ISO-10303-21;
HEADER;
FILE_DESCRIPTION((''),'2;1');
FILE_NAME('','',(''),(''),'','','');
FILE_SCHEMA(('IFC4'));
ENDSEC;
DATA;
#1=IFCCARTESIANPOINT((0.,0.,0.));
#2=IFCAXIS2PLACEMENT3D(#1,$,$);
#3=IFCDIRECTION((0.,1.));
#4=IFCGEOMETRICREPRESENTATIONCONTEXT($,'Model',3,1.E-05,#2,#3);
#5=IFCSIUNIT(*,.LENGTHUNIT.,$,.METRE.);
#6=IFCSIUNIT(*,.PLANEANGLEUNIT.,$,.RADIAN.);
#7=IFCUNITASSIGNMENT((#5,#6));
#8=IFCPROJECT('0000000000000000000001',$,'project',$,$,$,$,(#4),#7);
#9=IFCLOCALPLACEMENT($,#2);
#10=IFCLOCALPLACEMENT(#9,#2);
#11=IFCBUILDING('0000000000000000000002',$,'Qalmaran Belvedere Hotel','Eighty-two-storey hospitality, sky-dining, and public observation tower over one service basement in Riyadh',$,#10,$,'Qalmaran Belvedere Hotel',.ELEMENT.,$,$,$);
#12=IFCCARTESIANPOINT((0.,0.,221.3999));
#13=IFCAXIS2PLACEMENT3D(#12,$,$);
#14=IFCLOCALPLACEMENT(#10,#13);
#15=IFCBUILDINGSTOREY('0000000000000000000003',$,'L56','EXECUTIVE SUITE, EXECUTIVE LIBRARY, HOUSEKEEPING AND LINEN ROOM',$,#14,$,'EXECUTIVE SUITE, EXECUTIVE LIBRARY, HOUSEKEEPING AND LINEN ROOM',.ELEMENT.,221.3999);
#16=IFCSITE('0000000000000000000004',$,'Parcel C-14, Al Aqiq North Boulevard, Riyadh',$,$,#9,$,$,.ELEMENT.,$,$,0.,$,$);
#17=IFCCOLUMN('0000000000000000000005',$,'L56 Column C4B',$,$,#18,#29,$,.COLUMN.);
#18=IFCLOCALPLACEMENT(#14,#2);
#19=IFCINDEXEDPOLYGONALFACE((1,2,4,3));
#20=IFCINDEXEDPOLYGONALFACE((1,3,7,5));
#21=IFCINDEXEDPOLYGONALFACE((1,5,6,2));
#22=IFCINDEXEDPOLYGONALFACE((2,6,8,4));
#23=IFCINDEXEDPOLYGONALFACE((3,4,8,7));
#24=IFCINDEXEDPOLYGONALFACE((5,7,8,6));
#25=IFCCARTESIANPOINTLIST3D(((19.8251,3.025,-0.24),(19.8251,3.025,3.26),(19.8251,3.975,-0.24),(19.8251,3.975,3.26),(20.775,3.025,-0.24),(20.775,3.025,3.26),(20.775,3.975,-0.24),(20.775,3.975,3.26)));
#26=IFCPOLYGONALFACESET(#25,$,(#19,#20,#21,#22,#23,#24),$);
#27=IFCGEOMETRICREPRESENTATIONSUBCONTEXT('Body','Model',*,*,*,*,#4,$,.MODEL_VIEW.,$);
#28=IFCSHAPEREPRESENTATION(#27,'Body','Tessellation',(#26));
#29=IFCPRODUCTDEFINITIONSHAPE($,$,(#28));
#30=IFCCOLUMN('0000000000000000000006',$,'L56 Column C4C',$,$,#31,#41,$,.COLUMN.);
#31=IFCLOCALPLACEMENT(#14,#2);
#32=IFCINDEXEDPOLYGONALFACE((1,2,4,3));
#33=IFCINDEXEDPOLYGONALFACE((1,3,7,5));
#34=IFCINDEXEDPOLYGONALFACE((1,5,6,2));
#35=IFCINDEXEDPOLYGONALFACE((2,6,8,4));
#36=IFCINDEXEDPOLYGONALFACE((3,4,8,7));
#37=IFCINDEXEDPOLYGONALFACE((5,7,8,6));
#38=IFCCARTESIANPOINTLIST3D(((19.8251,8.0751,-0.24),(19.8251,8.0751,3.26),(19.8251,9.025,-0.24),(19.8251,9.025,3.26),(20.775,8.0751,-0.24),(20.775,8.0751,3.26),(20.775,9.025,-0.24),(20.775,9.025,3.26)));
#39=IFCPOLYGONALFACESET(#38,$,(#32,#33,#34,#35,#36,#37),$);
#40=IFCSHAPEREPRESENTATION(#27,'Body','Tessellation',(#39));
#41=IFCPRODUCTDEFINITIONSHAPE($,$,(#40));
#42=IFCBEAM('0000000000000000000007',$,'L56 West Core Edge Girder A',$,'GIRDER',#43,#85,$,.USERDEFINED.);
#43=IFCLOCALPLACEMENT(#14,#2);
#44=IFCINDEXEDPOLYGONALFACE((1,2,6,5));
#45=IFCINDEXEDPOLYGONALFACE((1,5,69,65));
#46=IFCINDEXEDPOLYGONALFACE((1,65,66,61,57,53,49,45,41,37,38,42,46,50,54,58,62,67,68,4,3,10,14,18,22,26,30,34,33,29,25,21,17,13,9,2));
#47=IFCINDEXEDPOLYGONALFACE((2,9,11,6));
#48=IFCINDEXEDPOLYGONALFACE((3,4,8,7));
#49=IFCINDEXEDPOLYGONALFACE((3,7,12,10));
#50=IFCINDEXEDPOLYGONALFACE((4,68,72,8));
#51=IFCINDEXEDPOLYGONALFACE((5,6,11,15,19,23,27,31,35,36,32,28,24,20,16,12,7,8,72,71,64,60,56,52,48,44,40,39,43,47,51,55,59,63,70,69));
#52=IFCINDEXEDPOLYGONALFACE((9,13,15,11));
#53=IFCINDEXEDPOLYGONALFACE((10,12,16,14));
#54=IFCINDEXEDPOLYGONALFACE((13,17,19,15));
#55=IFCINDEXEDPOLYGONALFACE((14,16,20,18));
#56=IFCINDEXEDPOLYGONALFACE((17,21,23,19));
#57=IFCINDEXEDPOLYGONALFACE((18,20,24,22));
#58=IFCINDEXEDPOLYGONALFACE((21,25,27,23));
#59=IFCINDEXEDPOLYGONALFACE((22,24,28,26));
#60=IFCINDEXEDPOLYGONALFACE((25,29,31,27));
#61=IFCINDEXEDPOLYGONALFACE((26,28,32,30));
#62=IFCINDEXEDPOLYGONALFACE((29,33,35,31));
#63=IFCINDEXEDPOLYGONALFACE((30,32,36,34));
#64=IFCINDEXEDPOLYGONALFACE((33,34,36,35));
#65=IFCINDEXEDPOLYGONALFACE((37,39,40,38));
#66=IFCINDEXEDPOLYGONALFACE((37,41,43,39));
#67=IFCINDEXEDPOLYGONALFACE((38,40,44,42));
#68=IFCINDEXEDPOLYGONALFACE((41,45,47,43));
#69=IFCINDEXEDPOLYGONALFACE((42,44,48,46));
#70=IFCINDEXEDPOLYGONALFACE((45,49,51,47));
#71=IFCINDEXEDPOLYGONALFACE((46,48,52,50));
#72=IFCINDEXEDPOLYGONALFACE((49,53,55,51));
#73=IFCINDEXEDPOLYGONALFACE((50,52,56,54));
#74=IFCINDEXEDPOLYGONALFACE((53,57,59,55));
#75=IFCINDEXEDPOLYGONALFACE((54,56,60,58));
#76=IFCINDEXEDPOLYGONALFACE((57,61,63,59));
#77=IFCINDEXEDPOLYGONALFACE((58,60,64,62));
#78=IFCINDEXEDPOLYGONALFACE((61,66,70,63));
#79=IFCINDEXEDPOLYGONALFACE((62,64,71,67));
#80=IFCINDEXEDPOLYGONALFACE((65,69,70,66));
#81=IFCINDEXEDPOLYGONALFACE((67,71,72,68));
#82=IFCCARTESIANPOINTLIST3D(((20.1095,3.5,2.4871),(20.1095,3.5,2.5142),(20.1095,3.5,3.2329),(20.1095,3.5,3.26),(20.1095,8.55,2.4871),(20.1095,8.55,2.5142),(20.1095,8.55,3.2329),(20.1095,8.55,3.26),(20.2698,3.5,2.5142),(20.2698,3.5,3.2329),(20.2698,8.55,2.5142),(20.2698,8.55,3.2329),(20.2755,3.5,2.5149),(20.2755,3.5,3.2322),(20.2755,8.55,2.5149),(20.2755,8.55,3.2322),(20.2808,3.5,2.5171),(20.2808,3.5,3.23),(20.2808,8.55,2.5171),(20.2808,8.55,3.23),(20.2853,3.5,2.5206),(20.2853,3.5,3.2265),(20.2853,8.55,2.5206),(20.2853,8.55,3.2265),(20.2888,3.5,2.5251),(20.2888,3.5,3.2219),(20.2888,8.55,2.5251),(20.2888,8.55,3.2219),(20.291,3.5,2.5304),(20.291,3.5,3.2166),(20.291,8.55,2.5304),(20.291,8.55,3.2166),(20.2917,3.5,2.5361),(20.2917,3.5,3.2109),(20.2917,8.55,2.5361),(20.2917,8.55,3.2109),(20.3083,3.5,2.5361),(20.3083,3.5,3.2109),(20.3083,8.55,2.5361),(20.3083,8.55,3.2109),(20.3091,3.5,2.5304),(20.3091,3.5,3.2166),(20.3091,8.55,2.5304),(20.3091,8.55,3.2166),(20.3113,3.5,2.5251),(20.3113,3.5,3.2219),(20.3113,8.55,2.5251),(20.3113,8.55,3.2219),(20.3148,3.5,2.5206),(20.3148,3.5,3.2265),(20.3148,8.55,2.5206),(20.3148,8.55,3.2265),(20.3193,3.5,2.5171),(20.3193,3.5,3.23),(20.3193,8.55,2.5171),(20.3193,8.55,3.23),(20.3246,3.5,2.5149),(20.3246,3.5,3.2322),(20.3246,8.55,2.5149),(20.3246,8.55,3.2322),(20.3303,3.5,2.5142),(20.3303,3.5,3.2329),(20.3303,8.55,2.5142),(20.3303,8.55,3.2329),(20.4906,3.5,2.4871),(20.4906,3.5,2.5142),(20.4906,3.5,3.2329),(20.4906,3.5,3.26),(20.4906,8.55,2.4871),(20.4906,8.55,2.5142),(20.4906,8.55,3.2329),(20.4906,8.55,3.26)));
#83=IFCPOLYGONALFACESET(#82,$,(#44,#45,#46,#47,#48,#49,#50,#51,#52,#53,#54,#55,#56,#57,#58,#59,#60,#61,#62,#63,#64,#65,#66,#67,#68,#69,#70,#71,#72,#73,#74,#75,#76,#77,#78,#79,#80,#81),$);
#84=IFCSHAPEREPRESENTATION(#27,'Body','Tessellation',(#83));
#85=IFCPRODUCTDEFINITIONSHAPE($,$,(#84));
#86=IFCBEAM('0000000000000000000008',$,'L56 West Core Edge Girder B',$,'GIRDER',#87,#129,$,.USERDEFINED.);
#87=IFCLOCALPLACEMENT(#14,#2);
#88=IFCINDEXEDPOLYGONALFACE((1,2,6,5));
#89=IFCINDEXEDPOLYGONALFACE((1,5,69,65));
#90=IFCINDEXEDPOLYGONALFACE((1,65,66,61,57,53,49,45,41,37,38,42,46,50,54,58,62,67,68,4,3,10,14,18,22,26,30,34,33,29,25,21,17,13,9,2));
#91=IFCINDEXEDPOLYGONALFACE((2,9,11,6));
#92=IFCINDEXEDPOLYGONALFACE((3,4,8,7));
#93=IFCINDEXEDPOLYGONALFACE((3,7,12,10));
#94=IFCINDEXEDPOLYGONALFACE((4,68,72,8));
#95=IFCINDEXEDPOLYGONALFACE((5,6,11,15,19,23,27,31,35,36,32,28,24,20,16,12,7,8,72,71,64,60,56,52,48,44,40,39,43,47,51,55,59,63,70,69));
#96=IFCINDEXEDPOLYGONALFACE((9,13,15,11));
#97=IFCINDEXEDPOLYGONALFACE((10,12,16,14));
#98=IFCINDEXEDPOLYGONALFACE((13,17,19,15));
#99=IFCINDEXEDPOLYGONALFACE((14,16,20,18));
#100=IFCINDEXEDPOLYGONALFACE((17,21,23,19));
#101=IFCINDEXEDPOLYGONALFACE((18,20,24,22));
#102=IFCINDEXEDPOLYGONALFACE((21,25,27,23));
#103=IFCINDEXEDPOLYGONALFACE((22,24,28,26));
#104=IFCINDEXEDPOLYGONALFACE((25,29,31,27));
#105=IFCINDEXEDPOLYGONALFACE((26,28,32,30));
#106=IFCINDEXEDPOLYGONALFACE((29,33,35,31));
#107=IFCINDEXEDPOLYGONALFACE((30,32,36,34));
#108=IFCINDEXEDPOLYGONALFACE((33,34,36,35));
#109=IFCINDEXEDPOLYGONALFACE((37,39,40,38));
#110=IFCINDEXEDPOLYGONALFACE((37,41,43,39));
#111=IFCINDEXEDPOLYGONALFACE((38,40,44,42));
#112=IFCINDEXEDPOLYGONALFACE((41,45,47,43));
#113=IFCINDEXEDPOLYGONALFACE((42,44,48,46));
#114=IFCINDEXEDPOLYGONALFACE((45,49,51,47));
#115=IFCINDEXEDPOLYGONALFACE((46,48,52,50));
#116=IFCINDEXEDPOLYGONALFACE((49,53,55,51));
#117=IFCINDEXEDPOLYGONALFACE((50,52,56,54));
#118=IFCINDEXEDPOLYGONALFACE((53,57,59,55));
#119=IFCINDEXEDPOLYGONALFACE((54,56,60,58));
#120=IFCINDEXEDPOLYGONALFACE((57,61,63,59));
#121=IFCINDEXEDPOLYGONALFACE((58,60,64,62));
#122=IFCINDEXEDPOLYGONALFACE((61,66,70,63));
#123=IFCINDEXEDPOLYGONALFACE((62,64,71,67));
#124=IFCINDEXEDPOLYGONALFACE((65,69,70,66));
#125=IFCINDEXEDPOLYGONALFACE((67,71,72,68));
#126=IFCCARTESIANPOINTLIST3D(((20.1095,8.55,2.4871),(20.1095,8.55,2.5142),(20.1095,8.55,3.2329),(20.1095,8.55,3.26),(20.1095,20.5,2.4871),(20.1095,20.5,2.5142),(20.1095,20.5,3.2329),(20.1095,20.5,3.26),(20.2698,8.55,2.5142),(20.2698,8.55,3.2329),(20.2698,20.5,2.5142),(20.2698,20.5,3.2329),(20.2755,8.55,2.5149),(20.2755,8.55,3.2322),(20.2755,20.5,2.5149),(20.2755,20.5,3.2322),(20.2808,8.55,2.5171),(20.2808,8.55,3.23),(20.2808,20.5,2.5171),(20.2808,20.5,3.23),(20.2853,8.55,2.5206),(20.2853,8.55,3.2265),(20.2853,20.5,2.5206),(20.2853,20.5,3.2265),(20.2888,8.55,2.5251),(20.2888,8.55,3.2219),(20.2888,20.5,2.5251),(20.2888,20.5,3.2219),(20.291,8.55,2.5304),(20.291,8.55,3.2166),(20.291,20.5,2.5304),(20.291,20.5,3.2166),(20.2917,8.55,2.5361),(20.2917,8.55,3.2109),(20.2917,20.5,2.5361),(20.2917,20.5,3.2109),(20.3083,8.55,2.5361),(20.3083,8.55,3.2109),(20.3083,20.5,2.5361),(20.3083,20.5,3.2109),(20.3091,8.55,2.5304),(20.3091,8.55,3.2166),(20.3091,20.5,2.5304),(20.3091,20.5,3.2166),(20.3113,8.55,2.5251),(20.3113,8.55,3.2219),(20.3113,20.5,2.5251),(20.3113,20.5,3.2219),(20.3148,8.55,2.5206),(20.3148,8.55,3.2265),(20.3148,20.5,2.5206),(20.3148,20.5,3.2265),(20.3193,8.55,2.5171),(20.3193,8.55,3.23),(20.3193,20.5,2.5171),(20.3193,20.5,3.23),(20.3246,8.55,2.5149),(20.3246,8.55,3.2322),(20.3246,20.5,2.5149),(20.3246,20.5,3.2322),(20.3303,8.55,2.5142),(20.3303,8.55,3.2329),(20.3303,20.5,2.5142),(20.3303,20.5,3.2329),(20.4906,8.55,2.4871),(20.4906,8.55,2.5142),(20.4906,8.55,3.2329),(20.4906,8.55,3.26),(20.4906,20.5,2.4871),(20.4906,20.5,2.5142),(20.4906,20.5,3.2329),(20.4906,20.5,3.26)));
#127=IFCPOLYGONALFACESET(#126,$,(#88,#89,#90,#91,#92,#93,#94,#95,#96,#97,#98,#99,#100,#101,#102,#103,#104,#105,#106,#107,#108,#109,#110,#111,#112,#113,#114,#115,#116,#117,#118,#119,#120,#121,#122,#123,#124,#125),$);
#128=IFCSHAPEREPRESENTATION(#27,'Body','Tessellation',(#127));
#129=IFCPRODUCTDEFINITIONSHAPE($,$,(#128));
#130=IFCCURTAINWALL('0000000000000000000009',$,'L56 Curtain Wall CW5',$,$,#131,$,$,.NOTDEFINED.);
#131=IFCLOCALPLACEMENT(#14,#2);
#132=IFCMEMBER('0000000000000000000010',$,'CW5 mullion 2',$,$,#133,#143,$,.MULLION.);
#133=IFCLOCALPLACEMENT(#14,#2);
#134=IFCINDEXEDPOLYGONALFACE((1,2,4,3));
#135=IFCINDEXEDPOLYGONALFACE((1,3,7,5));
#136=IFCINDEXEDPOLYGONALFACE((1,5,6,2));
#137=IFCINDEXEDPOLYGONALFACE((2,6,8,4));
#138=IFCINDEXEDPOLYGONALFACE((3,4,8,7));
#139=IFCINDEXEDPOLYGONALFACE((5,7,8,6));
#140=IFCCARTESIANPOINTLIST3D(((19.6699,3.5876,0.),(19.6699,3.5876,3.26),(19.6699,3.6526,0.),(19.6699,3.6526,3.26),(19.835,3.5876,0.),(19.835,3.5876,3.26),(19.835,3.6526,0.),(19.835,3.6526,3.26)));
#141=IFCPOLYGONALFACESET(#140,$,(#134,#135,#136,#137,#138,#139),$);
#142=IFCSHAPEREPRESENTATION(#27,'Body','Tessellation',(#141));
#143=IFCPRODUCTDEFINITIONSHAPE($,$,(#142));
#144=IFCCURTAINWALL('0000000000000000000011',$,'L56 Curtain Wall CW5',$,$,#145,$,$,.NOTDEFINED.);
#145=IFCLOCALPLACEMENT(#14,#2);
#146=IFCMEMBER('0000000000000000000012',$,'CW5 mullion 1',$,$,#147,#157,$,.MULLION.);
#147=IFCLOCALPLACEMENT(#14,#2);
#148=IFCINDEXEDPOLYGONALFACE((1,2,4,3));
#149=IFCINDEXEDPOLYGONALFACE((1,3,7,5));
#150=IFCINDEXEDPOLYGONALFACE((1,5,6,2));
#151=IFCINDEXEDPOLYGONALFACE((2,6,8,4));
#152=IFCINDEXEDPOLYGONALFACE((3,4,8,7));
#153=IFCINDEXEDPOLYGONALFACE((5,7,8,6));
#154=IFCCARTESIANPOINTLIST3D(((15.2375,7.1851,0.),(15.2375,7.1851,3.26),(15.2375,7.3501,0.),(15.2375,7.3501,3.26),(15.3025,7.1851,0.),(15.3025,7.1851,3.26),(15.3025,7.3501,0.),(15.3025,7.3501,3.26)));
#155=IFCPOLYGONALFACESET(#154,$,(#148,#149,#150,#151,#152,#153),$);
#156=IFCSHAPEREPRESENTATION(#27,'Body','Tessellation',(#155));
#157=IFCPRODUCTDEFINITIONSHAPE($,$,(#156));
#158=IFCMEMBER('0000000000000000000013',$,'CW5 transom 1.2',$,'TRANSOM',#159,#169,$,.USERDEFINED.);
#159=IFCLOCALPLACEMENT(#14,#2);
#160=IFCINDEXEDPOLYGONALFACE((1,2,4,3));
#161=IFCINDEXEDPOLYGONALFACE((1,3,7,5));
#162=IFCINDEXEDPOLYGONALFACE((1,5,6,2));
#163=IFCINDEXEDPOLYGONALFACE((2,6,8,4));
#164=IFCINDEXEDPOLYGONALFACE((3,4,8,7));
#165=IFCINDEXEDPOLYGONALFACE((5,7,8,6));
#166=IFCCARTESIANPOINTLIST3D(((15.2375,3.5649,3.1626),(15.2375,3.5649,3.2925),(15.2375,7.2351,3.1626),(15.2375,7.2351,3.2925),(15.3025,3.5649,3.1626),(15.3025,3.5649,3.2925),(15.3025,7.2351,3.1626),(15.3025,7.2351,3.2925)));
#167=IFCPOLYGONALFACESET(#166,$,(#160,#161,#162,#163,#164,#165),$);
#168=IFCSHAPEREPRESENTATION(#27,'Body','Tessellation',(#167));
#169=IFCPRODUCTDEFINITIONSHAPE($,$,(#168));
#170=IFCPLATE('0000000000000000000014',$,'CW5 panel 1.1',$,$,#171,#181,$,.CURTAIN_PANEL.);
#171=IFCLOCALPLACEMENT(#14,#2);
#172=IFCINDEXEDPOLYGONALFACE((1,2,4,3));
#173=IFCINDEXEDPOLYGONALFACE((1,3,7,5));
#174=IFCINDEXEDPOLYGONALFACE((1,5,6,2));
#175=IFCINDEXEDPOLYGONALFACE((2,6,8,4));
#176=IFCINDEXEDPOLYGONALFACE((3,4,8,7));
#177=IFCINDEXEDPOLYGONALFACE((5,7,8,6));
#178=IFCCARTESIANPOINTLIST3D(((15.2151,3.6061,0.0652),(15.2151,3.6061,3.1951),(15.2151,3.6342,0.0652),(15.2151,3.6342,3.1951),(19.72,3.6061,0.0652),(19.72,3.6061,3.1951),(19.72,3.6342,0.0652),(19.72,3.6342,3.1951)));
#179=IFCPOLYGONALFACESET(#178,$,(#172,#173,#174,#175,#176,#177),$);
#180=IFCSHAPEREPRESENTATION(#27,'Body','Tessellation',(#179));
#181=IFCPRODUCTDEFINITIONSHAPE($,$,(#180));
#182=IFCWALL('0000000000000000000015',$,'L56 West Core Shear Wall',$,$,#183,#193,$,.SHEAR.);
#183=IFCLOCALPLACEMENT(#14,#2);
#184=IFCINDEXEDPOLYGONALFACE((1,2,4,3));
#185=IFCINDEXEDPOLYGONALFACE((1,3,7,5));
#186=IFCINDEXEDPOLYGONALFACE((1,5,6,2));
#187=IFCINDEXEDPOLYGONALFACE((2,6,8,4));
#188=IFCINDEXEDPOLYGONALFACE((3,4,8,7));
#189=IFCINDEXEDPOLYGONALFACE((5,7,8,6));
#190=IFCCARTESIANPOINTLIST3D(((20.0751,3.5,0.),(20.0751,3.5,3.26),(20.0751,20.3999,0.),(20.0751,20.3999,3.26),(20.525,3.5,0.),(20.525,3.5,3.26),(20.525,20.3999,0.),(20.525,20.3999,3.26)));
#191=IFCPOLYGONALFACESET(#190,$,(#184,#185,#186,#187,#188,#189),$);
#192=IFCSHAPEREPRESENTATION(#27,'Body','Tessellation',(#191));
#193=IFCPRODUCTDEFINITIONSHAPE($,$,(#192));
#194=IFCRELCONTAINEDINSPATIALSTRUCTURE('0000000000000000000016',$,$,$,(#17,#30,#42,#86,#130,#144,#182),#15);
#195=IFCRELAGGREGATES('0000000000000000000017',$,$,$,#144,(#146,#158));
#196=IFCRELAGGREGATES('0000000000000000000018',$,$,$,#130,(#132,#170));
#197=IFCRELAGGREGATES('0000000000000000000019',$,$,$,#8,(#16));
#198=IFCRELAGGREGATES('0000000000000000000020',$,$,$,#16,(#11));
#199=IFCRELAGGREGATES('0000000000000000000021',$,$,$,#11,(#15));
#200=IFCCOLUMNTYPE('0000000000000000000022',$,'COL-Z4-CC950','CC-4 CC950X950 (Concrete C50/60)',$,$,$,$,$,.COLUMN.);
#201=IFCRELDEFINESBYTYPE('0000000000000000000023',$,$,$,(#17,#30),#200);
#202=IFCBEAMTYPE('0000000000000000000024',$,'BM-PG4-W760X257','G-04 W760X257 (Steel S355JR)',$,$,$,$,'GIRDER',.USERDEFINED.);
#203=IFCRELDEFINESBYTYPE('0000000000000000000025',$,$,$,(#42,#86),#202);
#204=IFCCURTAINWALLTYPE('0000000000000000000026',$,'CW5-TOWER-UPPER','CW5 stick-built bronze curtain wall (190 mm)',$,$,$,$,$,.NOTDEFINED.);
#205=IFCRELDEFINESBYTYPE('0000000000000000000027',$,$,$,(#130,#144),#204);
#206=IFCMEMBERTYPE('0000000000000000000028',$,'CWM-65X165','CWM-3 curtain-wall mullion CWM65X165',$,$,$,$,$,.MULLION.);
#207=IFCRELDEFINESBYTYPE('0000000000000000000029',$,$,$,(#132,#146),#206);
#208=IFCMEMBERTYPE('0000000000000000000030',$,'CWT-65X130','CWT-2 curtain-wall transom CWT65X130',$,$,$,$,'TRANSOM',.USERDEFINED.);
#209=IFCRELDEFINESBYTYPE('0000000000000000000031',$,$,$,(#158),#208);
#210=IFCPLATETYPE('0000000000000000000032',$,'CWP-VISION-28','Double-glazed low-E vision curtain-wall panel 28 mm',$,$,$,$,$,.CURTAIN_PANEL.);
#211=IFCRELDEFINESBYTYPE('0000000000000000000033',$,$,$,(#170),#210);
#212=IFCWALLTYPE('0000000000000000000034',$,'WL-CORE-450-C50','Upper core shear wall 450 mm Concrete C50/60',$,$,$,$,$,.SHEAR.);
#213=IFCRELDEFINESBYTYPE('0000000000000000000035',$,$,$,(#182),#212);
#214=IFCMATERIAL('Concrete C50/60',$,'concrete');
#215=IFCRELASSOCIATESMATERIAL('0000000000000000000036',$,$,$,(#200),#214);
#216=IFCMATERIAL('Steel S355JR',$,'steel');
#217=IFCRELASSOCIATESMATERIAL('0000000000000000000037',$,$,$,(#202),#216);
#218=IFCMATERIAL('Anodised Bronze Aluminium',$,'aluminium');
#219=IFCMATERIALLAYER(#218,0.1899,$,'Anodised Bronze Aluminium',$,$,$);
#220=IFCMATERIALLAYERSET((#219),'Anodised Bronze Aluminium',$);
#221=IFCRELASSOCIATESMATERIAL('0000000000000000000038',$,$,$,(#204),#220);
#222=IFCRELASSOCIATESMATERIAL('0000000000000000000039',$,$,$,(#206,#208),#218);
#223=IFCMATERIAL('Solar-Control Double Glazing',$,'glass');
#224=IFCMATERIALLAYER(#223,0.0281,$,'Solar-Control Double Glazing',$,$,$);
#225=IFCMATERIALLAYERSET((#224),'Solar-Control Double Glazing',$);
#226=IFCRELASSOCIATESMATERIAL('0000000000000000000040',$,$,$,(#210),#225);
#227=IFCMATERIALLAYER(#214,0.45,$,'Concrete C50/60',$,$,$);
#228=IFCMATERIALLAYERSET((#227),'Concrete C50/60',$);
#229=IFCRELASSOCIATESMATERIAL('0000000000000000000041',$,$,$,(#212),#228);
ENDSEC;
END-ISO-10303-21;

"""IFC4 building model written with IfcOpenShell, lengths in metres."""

from ifc_helpers import new_model, si_unit, direction, frame, frame_2d, origin, origin_2d, place, context, subcontext, project, spatial, rectangle, i_section, extrude, material, layer, layer_set, material_profile, profile_set, type_object, element, aggregate, save


model = new_model("IFC4")

# Units and contexts
model_context = context("Model", 3, precision=1e-05, world=origin(), true_north=direction((0.0, 1.0)))
body_context = subcontext(model_context, "Body", "Model", "MODEL_VIEW")
ifc_project = project(units=[si_unit("LENGTHUNIT", "METRE"), si_unit("PLANEANGLEUNIT", "RADIAN")], contexts=[model_context])

# Site, building, storey
site_placement = place(None, origin())
site = spatial("IfcSite", under=ifc_project, at=site_placement, Name="Parcel C-14, Al Aqiq North Boulevard, Riyadh", CompositionType="ELEMENT", RefElevation=0.0)
building_placement = place(site_placement, origin())
building = spatial("IfcBuilding", under=site, at=building_placement, Name="Qalmaran Belvedere Hotel", Description="Eighty-two-storey hospitality, sky-dining, and public observation tower over one service basement in Riyadh", LongName="Qalmaran Belvedere Hotel", CompositionType="ELEMENT")
storey_placement = place(building_placement, frame((0.0, 0.0, 221.3999)))
storey = spatial("IfcBuildingStorey", under=building, at=storey_placement, Name="L56", Description="EXECUTIVE SUITE, EXECUTIVE LIBRARY, HOUSEKEEPING AND LINEN ROOM", LongName="EXECUTIVE SUITE, EXECUTIVE LIBRARY, HOUSEKEEPING AND LINEN ROOM", CompositionType="ELEMENT", Elevation=221.3999)

# Columns
ifc_material_1 = material(Name="Concrete C50/60", Category="concrete")
ifc_material_profile_1 = material_profile(ifc_material_1, rectangle(XDim=0.95, YDim=0.95, at=origin_2d()), Name="CC950X950")
ifc_profile_set_1 = profile_set([ifc_material_profile_1], Name="Concrete C50/60")
column_type = type_object("IfcColumnType", Name="COL-Z4-CC950", Description="CC-4 CC950X950 (Concrete C50/60)", PredefinedType="COLUMN", material=ifc_profile_set_1)
for number, where, z_axis, x_axis, name in (
    (1, (20.3, 3.5, -0.24), (0.0, 0.0, 1.0), (1.0, 0.0, 0.0), "L56 Column C4B"),
    (2, (20.3, 8.55, -0.24), (0.0, 0.0, 1.0), (1.0, 0.0, 0.0), "L56 Column C4C"),
):
    element("IfcColumn", number, at=place(storey_placement, frame(where, z_axis=z_axis, x_axis=x_axis)), inside=storey, type_object=column_type, Name=name, PredefinedType="COLUMN", context=body_context, shape_type="SweptSolid", body=[
        extrude(rectangle(XDim=0.95, YDim=0.95, at=origin_2d()), origin(), (0.0, 0.0, 1.0), 3.5),
    ])

# Beams
ifc_material_2 = material(Name="Steel S355JR", Category="steel")
ifc_material_profile_2 = material_profile(ifc_material_2, i_section(OverallWidth=0.3811, OverallDepth=0.7729, WebThickness=0.0166, FlangeThickness=0.0271, FilletRadius=0.022, at=origin_2d()), Name="W760X257")
ifc_profile_set_2 = profile_set([ifc_material_profile_2], Name="Steel S355JR")
beam_type = type_object("IfcBeamType", Name="BM-PG4-W760X257", Description="G-04 W760X257 (Steel S355JR)", ElementType="GIRDER", PredefinedType="USERDEFINED", material=ifc_profile_set_2)
beam_1_placement = place(storey_placement, frame((20.3, 3.5, 2.8735), z_axis=(0.0, 1.0, 0.0), x_axis=(-1.0, 0.0, 0.0)))
element("IfcBeam", 3, at=beam_1_placement, inside=storey, type_object=beam_type, Name="L56 West Core Edge Girder A", ObjectType="GIRDER", PredefinedType="USERDEFINED", context=body_context, shape_type="SweptSolid", body=[
    extrude(i_section(OverallWidth=0.3811, OverallDepth=0.7729, WebThickness=0.0166, FlangeThickness=0.0271, FilletRadius=0.022, at=origin_2d()), origin(), (0.0, 0.0, 1.0), 5.05),
])
beam_2_placement = place(storey_placement, frame((20.3, 8.55, 2.8735), z_axis=(0.0, 1.0, 0.0), x_axis=(-1.0, 0.0, 0.0)))
element("IfcBeam", 4, at=beam_2_placement, inside=storey, type_object=beam_type, Name="L56 West Core Edge Girder B", ObjectType="GIRDER", PredefinedType="USERDEFINED", context=body_context, shape_type="SweptSolid", body=[
    extrude(i_section(OverallWidth=0.3811, OverallDepth=0.7729, WebThickness=0.0166, FlangeThickness=0.0271, FilletRadius=0.022, at=origin_2d()), origin(), (0.0, 0.0, 1.0), 11.95),
])

# Curtain wall, member
ifc_material_3 = material(Name="Anodised Bronze Aluminium", Category="aluminium")
ifc_layer_1 = layer(ifc_material_3, 0.1899, Name="Anodised Bronze Aluminium")
ifc_layer_set_1 = layer_set([ifc_layer_1], Name="Anodised Bronze Aluminium")
curtain_wall_type = type_object("IfcCurtainWallType", Name="CW5-TOWER-UPPER", Description="CW5 stick-built bronze curtain wall (190 mm)", PredefinedType="NOTDEFINED", material=ifc_layer_set_1)
curtain_wall_1_placement = place(storey_placement, origin())
curtain_wall_1 = element("IfcCurtainWall", 5, at=curtain_wall_1_placement, inside=storey, type_object=curtain_wall_type, Name="L56 Curtain Wall CW5", PredefinedType="NOTDEFINED")
ifc_material_profile_3 = material_profile(ifc_material_3, rectangle(XDim=0.0649, YDim=0.165, at=origin_2d()), Name="CWM65X165")
ifc_profile_set_3 = profile_set([ifc_material_profile_3], Name="Anodised Bronze Aluminium")
member_type_1 = type_object("IfcMemberType", Name="CWM-65X165", Description="CWM-3 curtain-wall mullion CWM65X165", PredefinedType="MULLION", material=ifc_profile_set_3)
member_1_placement = place(storey_placement, frame((19.7524, 3.6201, 0.0), z_axis=(0.0, 0.0, 1.0), x_axis=(0.0, 1.0, 0.0)))
member_1 = element("IfcMember", 6, at=member_1_placement, type_object=member_type_1, Name="CW5 mullion 2", PredefinedType="MULLION", context=body_context, shape_type="SweptSolid", body=[
    extrude(rectangle(XDim=0.0649, YDim=0.165, at=origin_2d()), origin(), (0.0, 0.0, 1.0), 3.26),
])

# Curtain wall, members
curtain_wall_2_placement = place(storey_placement, origin())
curtain_wall_2 = element("IfcCurtainWall", 7, at=curtain_wall_2_placement, inside=storey, type_object=curtain_wall_type, Name="L56 Curtain Wall CW5", PredefinedType="NOTDEFINED")
member_2_placement = place(storey_placement, frame((15.27, 7.2676, 0.0), z_axis=(0.0, 0.0, 1.0), x_axis=(1.0, 0.0, 0.0)))
member_2 = element("IfcMember", 8, at=member_2_placement, type_object=member_type_1, Name="CW5 mullion 1", PredefinedType="MULLION", context=body_context, shape_type="SweptSolid", body=[
    extrude(rectangle(XDim=0.0649, YDim=0.165, at=origin_2d()), origin(), (0.0, 0.0, 1.0), 3.26),
])
ifc_material_profile_4 = material_profile(ifc_material_3, rectangle(XDim=0.0649, YDim=0.1299, at=origin_2d()), Name="CWT65X130")
ifc_profile_set_4 = profile_set([ifc_material_profile_4], Name="Anodised Bronze Aluminium")
member_type_2 = type_object("IfcMemberType", Name="CWT-65X130", Description="CWT-2 curtain-wall transom CWT65X130", ElementType="TRANSOM", PredefinedType="USERDEFINED", material=ifc_profile_set_4)
member_3_placement = place(storey_placement, frame((15.27, 7.2351, 3.2275), z_axis=(0.0, -1.0, 0.0), x_axis=(1.0, 0.0, 0.0)))
member_3 = element("IfcMember", 9, at=member_3_placement, type_object=member_type_2, Name="CW5 transom 1.2", ObjectType="TRANSOM", PredefinedType="USERDEFINED", context=body_context, shape_type="SweptSolid", body=[
    extrude(rectangle(XDim=0.0649, YDim=0.1299, at=origin_2d()), origin(), (0.0, 0.0, 1.0), 3.6702),
])
aggregate(curtain_wall_2, [member_2, member_3])

# Plate
ifc_material_4 = material(Name="Solar-Control Double Glazing", Category="glass")
ifc_layer_2 = layer(ifc_material_4, 0.0281, Name="Solar-Control Double Glazing")
ifc_layer_set_2 = layer_set([ifc_layer_2], Name="Solar-Control Double Glazing")
plate_type = type_object("IfcPlateType", Name="CWP-VISION-28", Description="Double-glazed low-E vision curtain-wall panel 28 mm", PredefinedType="CURTAIN_PANEL", material=ifc_layer_set_2)
plate_placement = place(storey_placement, frame((17.4675, 3.6201, 0.0652), z_axis=(0.0, 0.0, 1.0), x_axis=(1.0, 0.0, 0.0)))
plate = element("IfcPlate", 10, at=plate_placement, type_object=plate_type, Name="CW5 panel 1.1", PredefinedType="CURTAIN_PANEL", context=body_context, shape_type="SweptSolid", body=[
    extrude(rectangle(XDim=4.5049, YDim=0.0281, at=origin_2d()), origin(), (0.0, 0.0, 1.0), 3.1299),
])
aggregate(curtain_wall_1, [member_1, plate])

# Wall
ifc_layer_3 = layer(ifc_material_1, 0.45, Name="Concrete C50/60")
ifc_layer_set_3 = layer_set([ifc_layer_3], Name="Concrete C50/60")
wall_type_1 = type_object("IfcWallType", Name="WL-CORE-450-C50", Description="Upper core shear wall 450 mm Concrete C50/60", PredefinedType="SHEAR", material=ifc_layer_set_3)
wall_1_placement = place(storey_placement, frame((20.3, 3.5, 0.0), z_axis=(0.0, 0.0, 1.0), x_axis=(0.0, 1.0, 0.0)))
element("IfcWall", 11, at=wall_1_placement, inside=storey, type_object=wall_type_1, Name="L56 West Core Shear Wall", PredefinedType="SHEAR", context=body_context, shape_type="SweptSolid", body=[
    extrude(rectangle(XDim=16.8999, YDim=0.45, at=frame_2d((8.45, 0.0))), origin(), (0.0, 0.0, 1.0), 3.26),
])

save(model, "model.ifc")
